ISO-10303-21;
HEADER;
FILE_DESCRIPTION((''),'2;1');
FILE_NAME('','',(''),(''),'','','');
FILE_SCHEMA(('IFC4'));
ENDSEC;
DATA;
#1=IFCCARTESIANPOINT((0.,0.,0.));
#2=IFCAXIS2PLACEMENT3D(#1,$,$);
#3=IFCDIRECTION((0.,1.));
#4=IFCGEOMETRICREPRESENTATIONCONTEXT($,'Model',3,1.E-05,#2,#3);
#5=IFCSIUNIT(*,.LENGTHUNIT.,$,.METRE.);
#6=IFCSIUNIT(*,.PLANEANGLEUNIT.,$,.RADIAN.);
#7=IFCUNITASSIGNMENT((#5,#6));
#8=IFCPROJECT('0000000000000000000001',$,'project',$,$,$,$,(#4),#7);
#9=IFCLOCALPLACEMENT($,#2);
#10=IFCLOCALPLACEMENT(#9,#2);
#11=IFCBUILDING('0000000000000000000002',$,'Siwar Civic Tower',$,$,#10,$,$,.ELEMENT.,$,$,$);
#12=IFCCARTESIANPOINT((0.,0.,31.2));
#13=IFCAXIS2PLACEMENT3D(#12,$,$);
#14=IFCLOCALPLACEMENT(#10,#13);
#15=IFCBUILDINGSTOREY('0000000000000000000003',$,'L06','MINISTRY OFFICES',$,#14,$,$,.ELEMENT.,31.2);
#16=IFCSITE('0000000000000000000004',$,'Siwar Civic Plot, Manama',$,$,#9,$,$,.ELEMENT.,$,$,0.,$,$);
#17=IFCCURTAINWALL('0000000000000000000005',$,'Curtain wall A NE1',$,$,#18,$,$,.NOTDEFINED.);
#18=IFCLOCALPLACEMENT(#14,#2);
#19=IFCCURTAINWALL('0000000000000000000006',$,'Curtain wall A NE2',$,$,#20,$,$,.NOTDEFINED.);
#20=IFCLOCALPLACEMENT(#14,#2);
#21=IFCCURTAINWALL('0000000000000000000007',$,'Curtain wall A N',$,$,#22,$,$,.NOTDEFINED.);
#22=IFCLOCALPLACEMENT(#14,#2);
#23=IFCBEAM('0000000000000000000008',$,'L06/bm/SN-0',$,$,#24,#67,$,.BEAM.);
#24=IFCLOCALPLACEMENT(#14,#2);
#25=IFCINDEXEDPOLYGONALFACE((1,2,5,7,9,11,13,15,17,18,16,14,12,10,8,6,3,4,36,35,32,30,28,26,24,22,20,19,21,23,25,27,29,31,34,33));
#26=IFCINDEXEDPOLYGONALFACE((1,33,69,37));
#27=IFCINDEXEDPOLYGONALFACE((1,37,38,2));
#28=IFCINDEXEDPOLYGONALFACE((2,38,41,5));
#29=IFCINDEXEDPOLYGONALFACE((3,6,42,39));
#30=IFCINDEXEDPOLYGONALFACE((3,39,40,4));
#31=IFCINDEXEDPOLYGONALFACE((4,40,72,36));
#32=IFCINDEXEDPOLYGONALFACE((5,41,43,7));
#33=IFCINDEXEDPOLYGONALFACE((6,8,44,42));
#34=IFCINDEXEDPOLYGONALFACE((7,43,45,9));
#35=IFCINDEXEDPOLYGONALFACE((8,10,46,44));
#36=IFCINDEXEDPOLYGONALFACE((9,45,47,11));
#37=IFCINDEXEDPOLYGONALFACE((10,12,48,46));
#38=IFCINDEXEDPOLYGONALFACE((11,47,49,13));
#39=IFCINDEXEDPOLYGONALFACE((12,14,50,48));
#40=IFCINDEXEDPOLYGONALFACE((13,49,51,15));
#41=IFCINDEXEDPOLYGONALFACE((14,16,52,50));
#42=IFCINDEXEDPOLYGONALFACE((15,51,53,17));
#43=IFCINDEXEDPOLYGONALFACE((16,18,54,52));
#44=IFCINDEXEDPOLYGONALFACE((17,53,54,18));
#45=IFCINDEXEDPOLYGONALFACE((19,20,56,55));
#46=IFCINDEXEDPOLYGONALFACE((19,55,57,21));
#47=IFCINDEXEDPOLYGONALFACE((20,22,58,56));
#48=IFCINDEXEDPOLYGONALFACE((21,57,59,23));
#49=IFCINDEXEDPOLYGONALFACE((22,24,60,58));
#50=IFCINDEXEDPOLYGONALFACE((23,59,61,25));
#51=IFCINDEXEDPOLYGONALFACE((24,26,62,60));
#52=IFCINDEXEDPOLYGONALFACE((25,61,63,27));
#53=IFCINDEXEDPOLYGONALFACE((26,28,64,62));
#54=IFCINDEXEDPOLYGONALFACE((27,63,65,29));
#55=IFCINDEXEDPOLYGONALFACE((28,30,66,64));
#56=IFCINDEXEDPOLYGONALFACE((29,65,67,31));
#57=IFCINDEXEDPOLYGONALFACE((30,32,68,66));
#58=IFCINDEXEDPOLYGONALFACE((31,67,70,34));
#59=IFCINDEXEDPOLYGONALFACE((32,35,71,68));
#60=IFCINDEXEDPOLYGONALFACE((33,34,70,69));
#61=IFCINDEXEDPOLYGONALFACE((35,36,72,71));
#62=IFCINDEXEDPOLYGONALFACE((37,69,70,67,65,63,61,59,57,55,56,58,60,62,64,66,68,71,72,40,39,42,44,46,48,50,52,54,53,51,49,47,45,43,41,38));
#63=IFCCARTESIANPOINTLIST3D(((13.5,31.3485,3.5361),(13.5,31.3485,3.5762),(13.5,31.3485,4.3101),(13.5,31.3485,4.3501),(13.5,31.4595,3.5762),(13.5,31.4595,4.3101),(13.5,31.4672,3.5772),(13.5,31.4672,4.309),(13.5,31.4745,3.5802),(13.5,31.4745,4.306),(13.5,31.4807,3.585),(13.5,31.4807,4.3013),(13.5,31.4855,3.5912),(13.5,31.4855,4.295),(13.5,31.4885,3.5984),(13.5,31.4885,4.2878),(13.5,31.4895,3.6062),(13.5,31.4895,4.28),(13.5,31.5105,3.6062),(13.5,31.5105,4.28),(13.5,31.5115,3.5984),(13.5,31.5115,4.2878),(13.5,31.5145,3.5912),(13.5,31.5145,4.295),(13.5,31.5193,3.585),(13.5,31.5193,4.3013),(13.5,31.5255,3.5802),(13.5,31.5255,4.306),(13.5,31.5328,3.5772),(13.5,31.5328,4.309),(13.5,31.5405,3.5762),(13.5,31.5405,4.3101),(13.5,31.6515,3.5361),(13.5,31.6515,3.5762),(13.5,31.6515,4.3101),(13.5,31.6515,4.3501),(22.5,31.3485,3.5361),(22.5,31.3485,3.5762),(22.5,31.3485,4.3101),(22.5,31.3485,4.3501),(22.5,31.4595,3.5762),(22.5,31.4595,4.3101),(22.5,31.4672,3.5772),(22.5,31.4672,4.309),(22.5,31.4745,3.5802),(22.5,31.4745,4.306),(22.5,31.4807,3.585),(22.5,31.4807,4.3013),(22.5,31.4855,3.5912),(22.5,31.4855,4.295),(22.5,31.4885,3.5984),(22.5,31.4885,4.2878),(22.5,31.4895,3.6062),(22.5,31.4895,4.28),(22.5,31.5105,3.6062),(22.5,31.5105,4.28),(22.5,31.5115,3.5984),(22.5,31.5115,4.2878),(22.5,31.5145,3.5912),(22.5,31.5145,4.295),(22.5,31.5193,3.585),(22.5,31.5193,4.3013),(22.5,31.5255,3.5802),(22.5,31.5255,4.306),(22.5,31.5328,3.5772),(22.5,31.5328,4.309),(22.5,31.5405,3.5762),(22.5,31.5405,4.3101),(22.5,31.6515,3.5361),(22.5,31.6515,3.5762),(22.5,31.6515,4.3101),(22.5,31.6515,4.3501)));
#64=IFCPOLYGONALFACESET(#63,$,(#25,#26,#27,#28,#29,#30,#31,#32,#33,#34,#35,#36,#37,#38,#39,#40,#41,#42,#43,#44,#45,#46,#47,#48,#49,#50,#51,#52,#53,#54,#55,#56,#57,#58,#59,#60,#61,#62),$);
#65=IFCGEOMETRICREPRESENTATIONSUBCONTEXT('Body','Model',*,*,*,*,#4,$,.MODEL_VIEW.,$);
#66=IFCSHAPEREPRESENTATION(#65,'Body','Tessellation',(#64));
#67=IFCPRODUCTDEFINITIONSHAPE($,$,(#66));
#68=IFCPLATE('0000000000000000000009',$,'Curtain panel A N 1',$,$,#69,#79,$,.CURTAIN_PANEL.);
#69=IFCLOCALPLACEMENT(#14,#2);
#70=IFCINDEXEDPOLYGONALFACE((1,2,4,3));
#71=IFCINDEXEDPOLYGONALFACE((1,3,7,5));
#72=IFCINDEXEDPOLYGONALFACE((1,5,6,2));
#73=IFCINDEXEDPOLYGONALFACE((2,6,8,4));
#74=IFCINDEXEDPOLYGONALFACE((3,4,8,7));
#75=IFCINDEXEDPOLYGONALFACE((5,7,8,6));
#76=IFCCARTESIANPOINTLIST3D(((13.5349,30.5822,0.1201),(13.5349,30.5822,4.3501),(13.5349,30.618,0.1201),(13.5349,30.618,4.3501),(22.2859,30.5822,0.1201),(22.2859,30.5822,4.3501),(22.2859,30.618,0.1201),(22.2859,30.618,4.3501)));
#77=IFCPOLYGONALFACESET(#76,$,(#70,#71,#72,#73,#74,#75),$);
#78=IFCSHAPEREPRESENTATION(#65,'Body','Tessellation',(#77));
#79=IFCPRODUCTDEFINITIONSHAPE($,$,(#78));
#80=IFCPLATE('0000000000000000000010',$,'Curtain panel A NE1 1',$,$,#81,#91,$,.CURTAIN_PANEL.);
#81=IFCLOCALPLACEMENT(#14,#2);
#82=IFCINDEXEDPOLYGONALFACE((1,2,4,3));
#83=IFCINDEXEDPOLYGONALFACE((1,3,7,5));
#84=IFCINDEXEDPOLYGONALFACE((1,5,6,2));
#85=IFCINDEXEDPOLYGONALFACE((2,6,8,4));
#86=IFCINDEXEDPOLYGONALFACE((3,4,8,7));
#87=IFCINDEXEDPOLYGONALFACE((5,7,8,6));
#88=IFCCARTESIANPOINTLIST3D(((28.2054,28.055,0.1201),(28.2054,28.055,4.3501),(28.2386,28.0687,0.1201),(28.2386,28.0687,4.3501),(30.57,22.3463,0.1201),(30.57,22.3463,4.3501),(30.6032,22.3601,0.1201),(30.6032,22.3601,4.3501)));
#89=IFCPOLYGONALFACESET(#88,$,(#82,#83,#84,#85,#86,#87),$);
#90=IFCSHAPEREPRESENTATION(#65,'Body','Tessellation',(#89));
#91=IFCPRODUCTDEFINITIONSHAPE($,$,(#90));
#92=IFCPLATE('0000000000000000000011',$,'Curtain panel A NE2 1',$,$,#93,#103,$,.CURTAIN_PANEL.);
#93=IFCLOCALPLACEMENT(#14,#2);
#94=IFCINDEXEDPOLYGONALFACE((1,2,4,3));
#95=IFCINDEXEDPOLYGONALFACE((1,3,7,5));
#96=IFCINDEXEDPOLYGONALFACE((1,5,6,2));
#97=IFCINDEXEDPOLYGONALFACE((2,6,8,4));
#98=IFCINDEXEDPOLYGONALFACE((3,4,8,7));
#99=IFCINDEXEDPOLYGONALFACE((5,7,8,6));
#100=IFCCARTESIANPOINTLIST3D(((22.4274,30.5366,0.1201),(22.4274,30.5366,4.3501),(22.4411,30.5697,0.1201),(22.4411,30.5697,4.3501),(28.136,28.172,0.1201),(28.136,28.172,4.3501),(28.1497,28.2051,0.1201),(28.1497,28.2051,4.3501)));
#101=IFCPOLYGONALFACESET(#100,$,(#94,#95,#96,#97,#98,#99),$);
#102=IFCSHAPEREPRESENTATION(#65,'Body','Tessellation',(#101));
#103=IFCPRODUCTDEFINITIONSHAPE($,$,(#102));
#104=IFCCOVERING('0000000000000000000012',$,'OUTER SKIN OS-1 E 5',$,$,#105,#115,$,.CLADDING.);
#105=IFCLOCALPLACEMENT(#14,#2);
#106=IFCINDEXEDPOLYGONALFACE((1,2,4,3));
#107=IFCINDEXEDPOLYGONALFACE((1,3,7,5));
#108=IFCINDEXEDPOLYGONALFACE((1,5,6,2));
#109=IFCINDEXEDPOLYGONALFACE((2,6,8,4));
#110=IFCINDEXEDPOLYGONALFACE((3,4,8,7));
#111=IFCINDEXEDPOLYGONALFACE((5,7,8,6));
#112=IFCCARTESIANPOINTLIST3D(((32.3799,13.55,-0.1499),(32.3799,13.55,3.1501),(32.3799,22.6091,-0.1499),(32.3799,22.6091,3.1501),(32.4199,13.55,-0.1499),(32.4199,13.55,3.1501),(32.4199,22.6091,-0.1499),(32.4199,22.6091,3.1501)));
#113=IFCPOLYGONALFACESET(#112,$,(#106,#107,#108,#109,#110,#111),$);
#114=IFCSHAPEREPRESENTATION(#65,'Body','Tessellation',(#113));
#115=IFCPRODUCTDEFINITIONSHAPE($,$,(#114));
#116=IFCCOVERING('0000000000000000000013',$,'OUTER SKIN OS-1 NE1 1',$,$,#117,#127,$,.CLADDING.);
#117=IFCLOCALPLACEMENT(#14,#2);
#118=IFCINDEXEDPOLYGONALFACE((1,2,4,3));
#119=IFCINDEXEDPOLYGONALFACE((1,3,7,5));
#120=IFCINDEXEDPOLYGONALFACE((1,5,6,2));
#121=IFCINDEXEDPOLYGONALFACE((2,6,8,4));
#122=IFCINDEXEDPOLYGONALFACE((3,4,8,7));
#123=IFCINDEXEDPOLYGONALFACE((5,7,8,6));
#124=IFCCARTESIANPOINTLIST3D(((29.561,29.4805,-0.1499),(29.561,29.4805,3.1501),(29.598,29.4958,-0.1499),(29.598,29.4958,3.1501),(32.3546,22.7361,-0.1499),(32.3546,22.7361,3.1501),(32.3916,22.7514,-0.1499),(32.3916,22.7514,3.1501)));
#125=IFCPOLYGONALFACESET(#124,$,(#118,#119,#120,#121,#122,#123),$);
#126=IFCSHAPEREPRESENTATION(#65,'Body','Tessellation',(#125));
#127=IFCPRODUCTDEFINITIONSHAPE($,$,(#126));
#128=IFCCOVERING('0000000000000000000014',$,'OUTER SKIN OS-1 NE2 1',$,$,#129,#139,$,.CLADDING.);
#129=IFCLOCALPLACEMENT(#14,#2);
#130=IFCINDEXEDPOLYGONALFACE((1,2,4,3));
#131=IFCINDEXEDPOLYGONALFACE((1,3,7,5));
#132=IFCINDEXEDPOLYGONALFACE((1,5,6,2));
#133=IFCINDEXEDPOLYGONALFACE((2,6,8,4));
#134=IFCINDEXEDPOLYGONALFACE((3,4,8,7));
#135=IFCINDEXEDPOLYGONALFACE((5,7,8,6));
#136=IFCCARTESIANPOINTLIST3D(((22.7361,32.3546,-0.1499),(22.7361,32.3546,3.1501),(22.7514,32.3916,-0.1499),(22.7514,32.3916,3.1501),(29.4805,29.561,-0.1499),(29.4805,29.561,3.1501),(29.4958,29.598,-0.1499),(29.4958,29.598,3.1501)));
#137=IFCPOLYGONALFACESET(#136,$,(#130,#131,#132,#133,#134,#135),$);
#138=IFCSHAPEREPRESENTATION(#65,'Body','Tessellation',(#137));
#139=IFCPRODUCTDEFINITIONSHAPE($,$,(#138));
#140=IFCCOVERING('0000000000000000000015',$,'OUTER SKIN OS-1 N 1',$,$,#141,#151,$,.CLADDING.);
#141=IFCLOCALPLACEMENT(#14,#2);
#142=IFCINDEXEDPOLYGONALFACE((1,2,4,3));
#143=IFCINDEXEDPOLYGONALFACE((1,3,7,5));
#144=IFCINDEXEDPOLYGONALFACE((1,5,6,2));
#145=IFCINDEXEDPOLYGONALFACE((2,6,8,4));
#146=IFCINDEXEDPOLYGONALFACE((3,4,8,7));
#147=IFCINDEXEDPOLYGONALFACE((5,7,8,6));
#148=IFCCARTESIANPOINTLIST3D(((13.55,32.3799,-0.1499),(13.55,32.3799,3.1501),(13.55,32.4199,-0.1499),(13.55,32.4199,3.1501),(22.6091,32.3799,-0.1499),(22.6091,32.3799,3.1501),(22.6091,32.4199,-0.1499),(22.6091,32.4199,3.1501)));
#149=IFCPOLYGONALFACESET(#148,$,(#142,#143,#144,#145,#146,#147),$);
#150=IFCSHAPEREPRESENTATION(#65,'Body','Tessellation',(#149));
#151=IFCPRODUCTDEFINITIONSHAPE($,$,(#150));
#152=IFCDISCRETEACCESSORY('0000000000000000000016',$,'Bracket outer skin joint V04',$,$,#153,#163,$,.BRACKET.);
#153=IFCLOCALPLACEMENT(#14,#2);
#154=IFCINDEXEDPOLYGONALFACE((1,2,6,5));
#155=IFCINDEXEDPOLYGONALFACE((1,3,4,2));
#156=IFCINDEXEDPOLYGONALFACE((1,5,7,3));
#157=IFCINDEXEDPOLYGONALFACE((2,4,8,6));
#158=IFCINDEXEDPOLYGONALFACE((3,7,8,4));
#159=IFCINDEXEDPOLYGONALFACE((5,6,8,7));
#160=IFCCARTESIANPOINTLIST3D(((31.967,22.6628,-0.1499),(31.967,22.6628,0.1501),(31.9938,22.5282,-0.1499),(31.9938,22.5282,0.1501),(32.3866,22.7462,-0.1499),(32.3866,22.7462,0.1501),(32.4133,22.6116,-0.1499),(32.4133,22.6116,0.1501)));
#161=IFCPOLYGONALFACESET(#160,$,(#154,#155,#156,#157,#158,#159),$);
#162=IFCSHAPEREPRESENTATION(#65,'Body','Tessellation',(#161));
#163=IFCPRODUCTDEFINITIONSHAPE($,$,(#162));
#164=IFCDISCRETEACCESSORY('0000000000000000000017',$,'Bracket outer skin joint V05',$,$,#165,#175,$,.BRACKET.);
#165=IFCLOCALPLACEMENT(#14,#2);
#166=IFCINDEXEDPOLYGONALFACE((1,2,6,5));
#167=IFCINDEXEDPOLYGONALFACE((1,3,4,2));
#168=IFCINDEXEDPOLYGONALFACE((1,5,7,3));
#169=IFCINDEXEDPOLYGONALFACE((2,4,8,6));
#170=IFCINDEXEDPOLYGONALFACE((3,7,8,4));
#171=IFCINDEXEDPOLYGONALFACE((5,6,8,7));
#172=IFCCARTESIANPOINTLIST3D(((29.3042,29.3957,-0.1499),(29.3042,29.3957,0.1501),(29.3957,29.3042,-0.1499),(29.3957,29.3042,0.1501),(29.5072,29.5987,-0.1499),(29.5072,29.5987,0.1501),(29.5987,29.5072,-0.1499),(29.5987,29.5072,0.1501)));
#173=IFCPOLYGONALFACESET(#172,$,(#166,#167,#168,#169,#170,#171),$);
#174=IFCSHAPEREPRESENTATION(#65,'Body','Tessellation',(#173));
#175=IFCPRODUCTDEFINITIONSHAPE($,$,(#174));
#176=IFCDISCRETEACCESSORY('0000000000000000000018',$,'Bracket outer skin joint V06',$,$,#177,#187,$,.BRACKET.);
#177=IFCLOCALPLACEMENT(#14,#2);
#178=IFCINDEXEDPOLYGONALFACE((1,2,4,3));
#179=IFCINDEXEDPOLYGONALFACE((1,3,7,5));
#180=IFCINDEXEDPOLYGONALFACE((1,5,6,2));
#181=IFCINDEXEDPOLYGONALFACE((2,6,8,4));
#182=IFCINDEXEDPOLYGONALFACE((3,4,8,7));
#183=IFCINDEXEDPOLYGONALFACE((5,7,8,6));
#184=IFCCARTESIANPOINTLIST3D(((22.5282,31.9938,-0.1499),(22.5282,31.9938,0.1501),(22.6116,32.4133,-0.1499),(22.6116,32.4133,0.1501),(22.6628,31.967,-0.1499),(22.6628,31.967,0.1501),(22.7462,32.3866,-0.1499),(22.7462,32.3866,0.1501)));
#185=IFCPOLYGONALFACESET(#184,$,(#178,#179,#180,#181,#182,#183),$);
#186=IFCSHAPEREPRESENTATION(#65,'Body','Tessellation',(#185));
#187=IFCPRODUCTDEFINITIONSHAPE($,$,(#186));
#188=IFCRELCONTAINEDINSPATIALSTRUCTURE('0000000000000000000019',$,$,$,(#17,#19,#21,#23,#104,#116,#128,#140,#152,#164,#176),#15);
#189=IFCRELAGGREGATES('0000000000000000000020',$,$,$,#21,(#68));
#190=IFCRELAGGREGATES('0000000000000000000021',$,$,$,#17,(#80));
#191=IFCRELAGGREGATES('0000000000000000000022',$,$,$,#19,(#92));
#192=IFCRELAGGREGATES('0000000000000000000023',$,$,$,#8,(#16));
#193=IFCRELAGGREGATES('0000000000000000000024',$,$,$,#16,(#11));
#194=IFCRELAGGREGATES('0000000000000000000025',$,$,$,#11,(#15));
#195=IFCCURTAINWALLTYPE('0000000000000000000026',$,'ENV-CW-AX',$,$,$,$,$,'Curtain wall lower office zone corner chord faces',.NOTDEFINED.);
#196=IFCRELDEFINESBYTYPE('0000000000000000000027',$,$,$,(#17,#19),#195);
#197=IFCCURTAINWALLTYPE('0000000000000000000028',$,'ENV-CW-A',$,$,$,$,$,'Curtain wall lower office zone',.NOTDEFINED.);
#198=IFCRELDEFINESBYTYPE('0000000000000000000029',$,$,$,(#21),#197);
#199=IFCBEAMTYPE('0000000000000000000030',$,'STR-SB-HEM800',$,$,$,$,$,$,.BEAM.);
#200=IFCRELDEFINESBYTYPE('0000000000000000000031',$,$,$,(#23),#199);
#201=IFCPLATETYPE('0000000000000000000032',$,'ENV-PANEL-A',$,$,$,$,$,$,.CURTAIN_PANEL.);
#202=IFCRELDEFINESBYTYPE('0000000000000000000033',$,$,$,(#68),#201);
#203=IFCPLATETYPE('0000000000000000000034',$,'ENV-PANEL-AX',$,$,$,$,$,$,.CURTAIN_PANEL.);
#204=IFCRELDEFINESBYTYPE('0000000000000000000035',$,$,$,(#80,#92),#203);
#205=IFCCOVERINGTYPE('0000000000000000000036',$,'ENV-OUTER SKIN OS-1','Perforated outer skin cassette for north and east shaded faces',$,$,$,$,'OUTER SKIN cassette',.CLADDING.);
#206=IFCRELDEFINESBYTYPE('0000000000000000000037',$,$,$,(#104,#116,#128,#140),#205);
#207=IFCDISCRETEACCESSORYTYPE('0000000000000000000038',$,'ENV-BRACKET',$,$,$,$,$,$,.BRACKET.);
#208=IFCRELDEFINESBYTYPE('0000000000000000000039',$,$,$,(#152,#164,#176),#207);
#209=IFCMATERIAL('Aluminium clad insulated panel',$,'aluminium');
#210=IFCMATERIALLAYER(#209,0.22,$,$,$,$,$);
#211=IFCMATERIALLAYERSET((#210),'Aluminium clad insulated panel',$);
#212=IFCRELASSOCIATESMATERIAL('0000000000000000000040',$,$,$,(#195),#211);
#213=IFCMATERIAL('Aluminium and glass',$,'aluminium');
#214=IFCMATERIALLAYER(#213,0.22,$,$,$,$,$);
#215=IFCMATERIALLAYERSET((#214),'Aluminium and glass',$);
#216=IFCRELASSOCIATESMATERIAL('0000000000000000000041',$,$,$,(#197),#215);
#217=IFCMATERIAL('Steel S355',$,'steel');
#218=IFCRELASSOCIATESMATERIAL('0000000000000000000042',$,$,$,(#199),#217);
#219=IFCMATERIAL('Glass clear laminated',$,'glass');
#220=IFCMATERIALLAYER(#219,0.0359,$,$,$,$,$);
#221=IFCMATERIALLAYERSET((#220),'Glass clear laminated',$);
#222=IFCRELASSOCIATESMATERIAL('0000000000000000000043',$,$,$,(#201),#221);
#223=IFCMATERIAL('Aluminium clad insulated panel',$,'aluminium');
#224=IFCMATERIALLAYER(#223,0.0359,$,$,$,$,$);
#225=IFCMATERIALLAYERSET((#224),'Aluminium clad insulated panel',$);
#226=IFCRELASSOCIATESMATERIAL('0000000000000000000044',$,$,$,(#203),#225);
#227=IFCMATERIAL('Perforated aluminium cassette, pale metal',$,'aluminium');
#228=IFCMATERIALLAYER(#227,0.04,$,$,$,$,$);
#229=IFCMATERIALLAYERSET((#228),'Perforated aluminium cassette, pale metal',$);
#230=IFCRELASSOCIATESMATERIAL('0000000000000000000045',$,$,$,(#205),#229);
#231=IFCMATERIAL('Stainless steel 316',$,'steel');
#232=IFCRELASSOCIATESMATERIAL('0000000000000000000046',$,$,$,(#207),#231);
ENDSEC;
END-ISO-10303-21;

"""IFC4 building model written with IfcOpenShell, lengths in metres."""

from ifc_helpers import new_model, si_unit, direction, frame, origin, origin_2d, place, context, subcontext, project, spatial, rectangle, i_section, extrude, material, layer, layer_set, material_profile, profile_set, type_object, element, aggregate, save


model = new_model("IFC4")

# Units and contexts
model_context = context("Model", 3, precision=1e-05, world=origin(), true_north=direction((0.0, 1.0)))
body_context = subcontext(model_context, "Body", "Model", "MODEL_VIEW")
ifc_project = project(units=[si_unit("LENGTHUNIT", "METRE"), si_unit("PLANEANGLEUNIT", "RADIAN")], contexts=[model_context])

# Site, building, storey
site_placement = place(None, origin())
site = spatial("IfcSite", under=ifc_project, at=site_placement, Name="Siwar Civic Plot, Manama", CompositionType="ELEMENT", RefElevation=0.0)
building_placement = place(site_placement, origin())
building = spatial("IfcBuilding", under=site, at=building_placement, Name="Siwar Civic Tower", CompositionType="ELEMENT")
storey_placement = place(building_placement, frame((0.0, 0.0, 31.2)))
storey = spatial("IfcBuildingStorey", under=building, at=storey_placement, Name="L06", Description="MINISTRY OFFICES", CompositionType="ELEMENT", Elevation=31.2)

# Curtain walls
ifc_material_1 = material(Name="Aluminium clad insulated panel", Category="aluminium")
ifc_layer_1 = layer(ifc_material_1, 0.22)
ifc_layer_set_1 = layer_set([ifc_layer_1], Name="Aluminium clad insulated panel")
curtain_wall_type_1 = type_object("IfcCurtainWallType", Name="ENV-CW-AX", ElementType="Curtain wall lower office zone corner chord faces", PredefinedType="NOTDEFINED", material=ifc_layer_set_1)
curtain_wall_1_placement = place(storey_placement, origin())
curtain_wall_1 = element("IfcCurtainWall", 1, at=curtain_wall_1_placement, inside=storey, type_object=curtain_wall_type_1, Name="Curtain wall A NE1", PredefinedType="NOTDEFINED")
curtain_wall_2_placement = place(storey_placement, origin())
curtain_wall_2 = element("IfcCurtainWall", 2, at=curtain_wall_2_placement, inside=storey, type_object=curtain_wall_type_1, Name="Curtain wall A NE2", PredefinedType="NOTDEFINED")
ifc_material_2 = material(Name="Aluminium and glass", Category="aluminium")
ifc_layer_2 = layer(ifc_material_2, 0.22)
ifc_layer_set_2 = layer_set([ifc_layer_2], Name="Aluminium and glass")
curtain_wall_type_2 = type_object("IfcCurtainWallType", Name="ENV-CW-A", ElementType="Curtain wall lower office zone", PredefinedType="NOTDEFINED", material=ifc_layer_set_2)
curtain_wall_3_placement = place(storey_placement, origin())
curtain_wall_3 = element("IfcCurtainWall", 3, at=curtain_wall_3_placement, inside=storey, type_object=curtain_wall_type_2, Name="Curtain wall A N", PredefinedType="NOTDEFINED")

# Beam
ifc_material_3 = material(Name="Steel S355", Category="steel")
ifc_material_profile_1 = material_profile(ifc_material_3, i_section(OverallWidth=0.303, OverallDepth=0.814, WebThickness=0.021, FlangeThickness=0.04, FilletRadius=0.03, at=origin_2d()), Name="HEM800")
ifc_profile_set_1 = profile_set([ifc_material_profile_1], Name="Steel S355")
beam_type_1 = type_object("IfcBeamType", Name="STR-SB-HEM800", PredefinedType="BEAM", material=ifc_profile_set_1)
beam_1_placement = place(storey_placement, frame((22.5, 31.5, 3.9431), z_axis=(-1.0, 0.0, 0.0), x_axis=(0.0, -1.0, 0.0)))
element("IfcBeam", 4, at=beam_1_placement, inside=storey, type_object=beam_type_1, Name="L06/bm/SN-0", PredefinedType="BEAM", context=body_context, shape_type="SweptSolid", body=[
    extrude(i_section(OverallWidth=0.303, OverallDepth=0.814, WebThickness=0.021, FlangeThickness=0.04, FilletRadius=0.03, at=origin_2d()), origin(), (0.0, 0.0, 1.0), 9.0),
])

# Plates
ifc_material_4 = material(Name="Glass clear laminated", Category="glass")
ifc_layer_3 = layer(ifc_material_4, 0.0359)
ifc_layer_set_3 = layer_set([ifc_layer_3], Name="Glass clear laminated")
plate_type_1 = type_object("IfcPlateType", Name="ENV-PANEL-A", PredefinedType="CURTAIN_PANEL", material=ifc_layer_set_3)
plate_1_placement = place(storey_placement, frame((17.9104, 30.6001, 0.1201), z_axis=(0.0, 0.0, 1.0), x_axis=(-1.0, 0.0, 0.0)))
plate_1 = element("IfcPlate", 5, at=plate_1_placement, type_object=plate_type_1, Name="Curtain panel A N 1", PredefinedType="CURTAIN_PANEL", context=body_context, shape_type="SweptSolid", body=[
    extrude(rectangle(XDim=8.751, YDim=0.0359, at=origin_2d()), origin(), (0.0, 0.0, 1.0), 4.23),
])
aggregate(curtain_wall_3, [plate_1])
ifc_material_5 = material(Name="Aluminium clad insulated panel", Category="aluminium")
ifc_layer_4 = layer(ifc_material_5, 0.0359)
ifc_layer_set_4 = layer_set([ifc_layer_4], Name="Aluminium clad insulated panel")
plate_type_2 = type_object("IfcPlateType", Name="ENV-PANEL-AX", PredefinedType="CURTAIN_PANEL", material=ifc_layer_set_4)
plate_2_placement = place(storey_placement, frame((29.4043, 25.2075, 0.1201), z_axis=(0.0, 0.0, 1.0), x_axis=(-0.382683, 0.92388, 0.0)))
plate_2 = element("IfcPlate", 6, at=plate_2_placement, type_object=plate_type_2, Name="Curtain panel A NE1 1", PredefinedType="CURTAIN_PANEL", context=body_context, shape_type="SweptSolid", body=[
    extrude(rectangle(XDim=6.179, YDim=0.0359, at=origin_2d()), origin(), (0.0, 0.0, 1.0), 4.23),
])
aggregate(curtain_wall_1, [plate_2])
plate_3_placement = place(storey_placement, frame((25.2886, 29.3708, 0.1201), z_axis=(0.0, 0.0, 1.0), x_axis=(-0.92388, 0.382683, 0.0)))
plate_3 = element("IfcPlate", 7, at=plate_3_placement, type_object=plate_type_2, Name="Curtain panel A NE2 1", PredefinedType="CURTAIN_PANEL", context=body_context, shape_type="SweptSolid", body=[
    extrude(rectangle(XDim=6.179, YDim=0.0359, at=origin_2d()), origin(), (0.0, 0.0, 1.0), 4.23),
])
aggregate(curtain_wall_2, [plate_3])

# Coverings
ifc_material_6 = material(Name="Perforated aluminium cassette, pale metal", Category="aluminium")
ifc_layer_5 = layer(ifc_material_6, 0.04)
ifc_layer_set_5 = layer_set([ifc_layer_5], Name="Perforated aluminium cassette, pale metal")
covering_type = type_object("IfcCoveringType", Name="ENV-OUTER SKIN OS-1", Description="Perforated outer skin cassette for north and east shaded faces", ElementType="OUTER SKIN cassette", PredefinedType="CLADDING", material=ifc_layer_set_5)
covering_1_placement = place(storey_placement, frame((32.3999, 18.0796, -0.1499), z_axis=(0.0, 0.0, 1.0), x_axis=(0.0, 1.0, 0.0)))
element("IfcCovering", 8, at=covering_1_placement, inside=storey, type_object=covering_type, Name="OUTER SKIN OS-1 E 5", PredefinedType="CLADDING", context=body_context, shape_type="SweptSolid", body=[
    extrude(rectangle(XDim=9.0591, YDim=0.04, at=origin_2d()), origin(), (0.0, 0.0, 1.0), 3.3),
])
for number, where, z_axis, x_axis, name in (
    (9, (30.9763, 26.116, -0.1499), (0.0, 0.0, 1.0), (-0.382683, 0.92388, 0.0), "OUTER SKIN OS-1 NE1 1"),
    (10, (26.116, 30.9763, -0.1499), (0.0, 0.0, 1.0), (-0.92388, 0.382683, 0.0), "OUTER SKIN OS-1 NE2 1"),
):
    element("IfcCovering", number, at=place(storey_placement, frame(where, z_axis=z_axis, x_axis=x_axis)), inside=storey, type_object=covering_type, Name=name, PredefinedType="CLADDING", context=body_context, shape_type="SweptSolid", body=[
        extrude(rectangle(XDim=7.3, YDim=0.04, at=origin_2d()), origin(), (0.0, 0.0, 1.0), 3.3),
    ])
covering_2_placement = place(storey_placement, frame((18.0796, 32.3999, -0.1499), z_axis=(0.0, 0.0, 1.0), x_axis=(-1.0, 0.0, 0.0)))
element("IfcCovering", 11, at=covering_2_placement, inside=storey, type_object=covering_type, Name="OUTER SKIN OS-1 N 1", PredefinedType="CLADDING", context=body_context, shape_type="SweptSolid", body=[
    extrude(rectangle(XDim=9.0591, YDim=0.04, at=origin_2d()), origin(), (0.0, 0.0, 1.0), 3.3),
])

# Discrete accessories
ifc_material_7 = material(Name="Stainless steel 316", Category="steel")
discrete_accessory_type = type_object("IfcDiscreteAccessoryType", Name="ENV-BRACKET", PredefinedType="BRACKET", material=ifc_material_7)
discrete_accessory_1_placement = place(storey_placement, frame((32.1902, 22.6372, -0.1499), z_axis=(0.0, 0.0, 1.0), x_axis=(0.980785, 0.19509, 0.0)))
element("IfcDiscreteAccessory", 12, at=discrete_accessory_1_placement, inside=storey, type_object=discrete_accessory_type, Name="Bracket outer skin joint V04", PredefinedType="BRACKET", context=body_context, shape_type="SweptSolid", body=[
    extrude(rectangle(XDim=0.4277, YDim=0.1372, at=origin_2d()), origin(), (0.0, 0.0, 1.0), 0.3),
])
discrete_accessory_2_placement = place(storey_placement, frame((29.4514, 29.4514, -0.1499), z_axis=(0.0, 0.0, 1.0), x_axis=(0.707107, 0.707107, 0.0)))
element("IfcDiscreteAccessory", 13, at=discrete_accessory_2_placement, inside=storey, type_object=discrete_accessory_type, Name="Bracket outer skin joint V05", PredefinedType="BRACKET", context=body_context, shape_type="SweptSolid", body=[
    extrude(rectangle(XDim=0.2871, YDim=0.1294, at=origin_2d()), origin(), (0.0, 0.0, 1.0), 0.3),
])
discrete_accessory_3_placement = place(storey_placement, frame((22.6372, 32.1902, -0.1499), z_axis=(0.0, 0.0, 1.0), x_axis=(0.19509, 0.980785, 0.0)))
element("IfcDiscreteAccessory", 14, at=discrete_accessory_3_placement, inside=storey, type_object=discrete_accessory_type, Name="Bracket outer skin joint V06", PredefinedType="BRACKET", context=body_context, shape_type="SweptSolid", body=[
    extrude(rectangle(XDim=0.4277, YDim=0.1372, at=origin_2d()), origin(), (0.0, 0.0, 1.0), 0.3),
])

save(model, "model.ifc")
